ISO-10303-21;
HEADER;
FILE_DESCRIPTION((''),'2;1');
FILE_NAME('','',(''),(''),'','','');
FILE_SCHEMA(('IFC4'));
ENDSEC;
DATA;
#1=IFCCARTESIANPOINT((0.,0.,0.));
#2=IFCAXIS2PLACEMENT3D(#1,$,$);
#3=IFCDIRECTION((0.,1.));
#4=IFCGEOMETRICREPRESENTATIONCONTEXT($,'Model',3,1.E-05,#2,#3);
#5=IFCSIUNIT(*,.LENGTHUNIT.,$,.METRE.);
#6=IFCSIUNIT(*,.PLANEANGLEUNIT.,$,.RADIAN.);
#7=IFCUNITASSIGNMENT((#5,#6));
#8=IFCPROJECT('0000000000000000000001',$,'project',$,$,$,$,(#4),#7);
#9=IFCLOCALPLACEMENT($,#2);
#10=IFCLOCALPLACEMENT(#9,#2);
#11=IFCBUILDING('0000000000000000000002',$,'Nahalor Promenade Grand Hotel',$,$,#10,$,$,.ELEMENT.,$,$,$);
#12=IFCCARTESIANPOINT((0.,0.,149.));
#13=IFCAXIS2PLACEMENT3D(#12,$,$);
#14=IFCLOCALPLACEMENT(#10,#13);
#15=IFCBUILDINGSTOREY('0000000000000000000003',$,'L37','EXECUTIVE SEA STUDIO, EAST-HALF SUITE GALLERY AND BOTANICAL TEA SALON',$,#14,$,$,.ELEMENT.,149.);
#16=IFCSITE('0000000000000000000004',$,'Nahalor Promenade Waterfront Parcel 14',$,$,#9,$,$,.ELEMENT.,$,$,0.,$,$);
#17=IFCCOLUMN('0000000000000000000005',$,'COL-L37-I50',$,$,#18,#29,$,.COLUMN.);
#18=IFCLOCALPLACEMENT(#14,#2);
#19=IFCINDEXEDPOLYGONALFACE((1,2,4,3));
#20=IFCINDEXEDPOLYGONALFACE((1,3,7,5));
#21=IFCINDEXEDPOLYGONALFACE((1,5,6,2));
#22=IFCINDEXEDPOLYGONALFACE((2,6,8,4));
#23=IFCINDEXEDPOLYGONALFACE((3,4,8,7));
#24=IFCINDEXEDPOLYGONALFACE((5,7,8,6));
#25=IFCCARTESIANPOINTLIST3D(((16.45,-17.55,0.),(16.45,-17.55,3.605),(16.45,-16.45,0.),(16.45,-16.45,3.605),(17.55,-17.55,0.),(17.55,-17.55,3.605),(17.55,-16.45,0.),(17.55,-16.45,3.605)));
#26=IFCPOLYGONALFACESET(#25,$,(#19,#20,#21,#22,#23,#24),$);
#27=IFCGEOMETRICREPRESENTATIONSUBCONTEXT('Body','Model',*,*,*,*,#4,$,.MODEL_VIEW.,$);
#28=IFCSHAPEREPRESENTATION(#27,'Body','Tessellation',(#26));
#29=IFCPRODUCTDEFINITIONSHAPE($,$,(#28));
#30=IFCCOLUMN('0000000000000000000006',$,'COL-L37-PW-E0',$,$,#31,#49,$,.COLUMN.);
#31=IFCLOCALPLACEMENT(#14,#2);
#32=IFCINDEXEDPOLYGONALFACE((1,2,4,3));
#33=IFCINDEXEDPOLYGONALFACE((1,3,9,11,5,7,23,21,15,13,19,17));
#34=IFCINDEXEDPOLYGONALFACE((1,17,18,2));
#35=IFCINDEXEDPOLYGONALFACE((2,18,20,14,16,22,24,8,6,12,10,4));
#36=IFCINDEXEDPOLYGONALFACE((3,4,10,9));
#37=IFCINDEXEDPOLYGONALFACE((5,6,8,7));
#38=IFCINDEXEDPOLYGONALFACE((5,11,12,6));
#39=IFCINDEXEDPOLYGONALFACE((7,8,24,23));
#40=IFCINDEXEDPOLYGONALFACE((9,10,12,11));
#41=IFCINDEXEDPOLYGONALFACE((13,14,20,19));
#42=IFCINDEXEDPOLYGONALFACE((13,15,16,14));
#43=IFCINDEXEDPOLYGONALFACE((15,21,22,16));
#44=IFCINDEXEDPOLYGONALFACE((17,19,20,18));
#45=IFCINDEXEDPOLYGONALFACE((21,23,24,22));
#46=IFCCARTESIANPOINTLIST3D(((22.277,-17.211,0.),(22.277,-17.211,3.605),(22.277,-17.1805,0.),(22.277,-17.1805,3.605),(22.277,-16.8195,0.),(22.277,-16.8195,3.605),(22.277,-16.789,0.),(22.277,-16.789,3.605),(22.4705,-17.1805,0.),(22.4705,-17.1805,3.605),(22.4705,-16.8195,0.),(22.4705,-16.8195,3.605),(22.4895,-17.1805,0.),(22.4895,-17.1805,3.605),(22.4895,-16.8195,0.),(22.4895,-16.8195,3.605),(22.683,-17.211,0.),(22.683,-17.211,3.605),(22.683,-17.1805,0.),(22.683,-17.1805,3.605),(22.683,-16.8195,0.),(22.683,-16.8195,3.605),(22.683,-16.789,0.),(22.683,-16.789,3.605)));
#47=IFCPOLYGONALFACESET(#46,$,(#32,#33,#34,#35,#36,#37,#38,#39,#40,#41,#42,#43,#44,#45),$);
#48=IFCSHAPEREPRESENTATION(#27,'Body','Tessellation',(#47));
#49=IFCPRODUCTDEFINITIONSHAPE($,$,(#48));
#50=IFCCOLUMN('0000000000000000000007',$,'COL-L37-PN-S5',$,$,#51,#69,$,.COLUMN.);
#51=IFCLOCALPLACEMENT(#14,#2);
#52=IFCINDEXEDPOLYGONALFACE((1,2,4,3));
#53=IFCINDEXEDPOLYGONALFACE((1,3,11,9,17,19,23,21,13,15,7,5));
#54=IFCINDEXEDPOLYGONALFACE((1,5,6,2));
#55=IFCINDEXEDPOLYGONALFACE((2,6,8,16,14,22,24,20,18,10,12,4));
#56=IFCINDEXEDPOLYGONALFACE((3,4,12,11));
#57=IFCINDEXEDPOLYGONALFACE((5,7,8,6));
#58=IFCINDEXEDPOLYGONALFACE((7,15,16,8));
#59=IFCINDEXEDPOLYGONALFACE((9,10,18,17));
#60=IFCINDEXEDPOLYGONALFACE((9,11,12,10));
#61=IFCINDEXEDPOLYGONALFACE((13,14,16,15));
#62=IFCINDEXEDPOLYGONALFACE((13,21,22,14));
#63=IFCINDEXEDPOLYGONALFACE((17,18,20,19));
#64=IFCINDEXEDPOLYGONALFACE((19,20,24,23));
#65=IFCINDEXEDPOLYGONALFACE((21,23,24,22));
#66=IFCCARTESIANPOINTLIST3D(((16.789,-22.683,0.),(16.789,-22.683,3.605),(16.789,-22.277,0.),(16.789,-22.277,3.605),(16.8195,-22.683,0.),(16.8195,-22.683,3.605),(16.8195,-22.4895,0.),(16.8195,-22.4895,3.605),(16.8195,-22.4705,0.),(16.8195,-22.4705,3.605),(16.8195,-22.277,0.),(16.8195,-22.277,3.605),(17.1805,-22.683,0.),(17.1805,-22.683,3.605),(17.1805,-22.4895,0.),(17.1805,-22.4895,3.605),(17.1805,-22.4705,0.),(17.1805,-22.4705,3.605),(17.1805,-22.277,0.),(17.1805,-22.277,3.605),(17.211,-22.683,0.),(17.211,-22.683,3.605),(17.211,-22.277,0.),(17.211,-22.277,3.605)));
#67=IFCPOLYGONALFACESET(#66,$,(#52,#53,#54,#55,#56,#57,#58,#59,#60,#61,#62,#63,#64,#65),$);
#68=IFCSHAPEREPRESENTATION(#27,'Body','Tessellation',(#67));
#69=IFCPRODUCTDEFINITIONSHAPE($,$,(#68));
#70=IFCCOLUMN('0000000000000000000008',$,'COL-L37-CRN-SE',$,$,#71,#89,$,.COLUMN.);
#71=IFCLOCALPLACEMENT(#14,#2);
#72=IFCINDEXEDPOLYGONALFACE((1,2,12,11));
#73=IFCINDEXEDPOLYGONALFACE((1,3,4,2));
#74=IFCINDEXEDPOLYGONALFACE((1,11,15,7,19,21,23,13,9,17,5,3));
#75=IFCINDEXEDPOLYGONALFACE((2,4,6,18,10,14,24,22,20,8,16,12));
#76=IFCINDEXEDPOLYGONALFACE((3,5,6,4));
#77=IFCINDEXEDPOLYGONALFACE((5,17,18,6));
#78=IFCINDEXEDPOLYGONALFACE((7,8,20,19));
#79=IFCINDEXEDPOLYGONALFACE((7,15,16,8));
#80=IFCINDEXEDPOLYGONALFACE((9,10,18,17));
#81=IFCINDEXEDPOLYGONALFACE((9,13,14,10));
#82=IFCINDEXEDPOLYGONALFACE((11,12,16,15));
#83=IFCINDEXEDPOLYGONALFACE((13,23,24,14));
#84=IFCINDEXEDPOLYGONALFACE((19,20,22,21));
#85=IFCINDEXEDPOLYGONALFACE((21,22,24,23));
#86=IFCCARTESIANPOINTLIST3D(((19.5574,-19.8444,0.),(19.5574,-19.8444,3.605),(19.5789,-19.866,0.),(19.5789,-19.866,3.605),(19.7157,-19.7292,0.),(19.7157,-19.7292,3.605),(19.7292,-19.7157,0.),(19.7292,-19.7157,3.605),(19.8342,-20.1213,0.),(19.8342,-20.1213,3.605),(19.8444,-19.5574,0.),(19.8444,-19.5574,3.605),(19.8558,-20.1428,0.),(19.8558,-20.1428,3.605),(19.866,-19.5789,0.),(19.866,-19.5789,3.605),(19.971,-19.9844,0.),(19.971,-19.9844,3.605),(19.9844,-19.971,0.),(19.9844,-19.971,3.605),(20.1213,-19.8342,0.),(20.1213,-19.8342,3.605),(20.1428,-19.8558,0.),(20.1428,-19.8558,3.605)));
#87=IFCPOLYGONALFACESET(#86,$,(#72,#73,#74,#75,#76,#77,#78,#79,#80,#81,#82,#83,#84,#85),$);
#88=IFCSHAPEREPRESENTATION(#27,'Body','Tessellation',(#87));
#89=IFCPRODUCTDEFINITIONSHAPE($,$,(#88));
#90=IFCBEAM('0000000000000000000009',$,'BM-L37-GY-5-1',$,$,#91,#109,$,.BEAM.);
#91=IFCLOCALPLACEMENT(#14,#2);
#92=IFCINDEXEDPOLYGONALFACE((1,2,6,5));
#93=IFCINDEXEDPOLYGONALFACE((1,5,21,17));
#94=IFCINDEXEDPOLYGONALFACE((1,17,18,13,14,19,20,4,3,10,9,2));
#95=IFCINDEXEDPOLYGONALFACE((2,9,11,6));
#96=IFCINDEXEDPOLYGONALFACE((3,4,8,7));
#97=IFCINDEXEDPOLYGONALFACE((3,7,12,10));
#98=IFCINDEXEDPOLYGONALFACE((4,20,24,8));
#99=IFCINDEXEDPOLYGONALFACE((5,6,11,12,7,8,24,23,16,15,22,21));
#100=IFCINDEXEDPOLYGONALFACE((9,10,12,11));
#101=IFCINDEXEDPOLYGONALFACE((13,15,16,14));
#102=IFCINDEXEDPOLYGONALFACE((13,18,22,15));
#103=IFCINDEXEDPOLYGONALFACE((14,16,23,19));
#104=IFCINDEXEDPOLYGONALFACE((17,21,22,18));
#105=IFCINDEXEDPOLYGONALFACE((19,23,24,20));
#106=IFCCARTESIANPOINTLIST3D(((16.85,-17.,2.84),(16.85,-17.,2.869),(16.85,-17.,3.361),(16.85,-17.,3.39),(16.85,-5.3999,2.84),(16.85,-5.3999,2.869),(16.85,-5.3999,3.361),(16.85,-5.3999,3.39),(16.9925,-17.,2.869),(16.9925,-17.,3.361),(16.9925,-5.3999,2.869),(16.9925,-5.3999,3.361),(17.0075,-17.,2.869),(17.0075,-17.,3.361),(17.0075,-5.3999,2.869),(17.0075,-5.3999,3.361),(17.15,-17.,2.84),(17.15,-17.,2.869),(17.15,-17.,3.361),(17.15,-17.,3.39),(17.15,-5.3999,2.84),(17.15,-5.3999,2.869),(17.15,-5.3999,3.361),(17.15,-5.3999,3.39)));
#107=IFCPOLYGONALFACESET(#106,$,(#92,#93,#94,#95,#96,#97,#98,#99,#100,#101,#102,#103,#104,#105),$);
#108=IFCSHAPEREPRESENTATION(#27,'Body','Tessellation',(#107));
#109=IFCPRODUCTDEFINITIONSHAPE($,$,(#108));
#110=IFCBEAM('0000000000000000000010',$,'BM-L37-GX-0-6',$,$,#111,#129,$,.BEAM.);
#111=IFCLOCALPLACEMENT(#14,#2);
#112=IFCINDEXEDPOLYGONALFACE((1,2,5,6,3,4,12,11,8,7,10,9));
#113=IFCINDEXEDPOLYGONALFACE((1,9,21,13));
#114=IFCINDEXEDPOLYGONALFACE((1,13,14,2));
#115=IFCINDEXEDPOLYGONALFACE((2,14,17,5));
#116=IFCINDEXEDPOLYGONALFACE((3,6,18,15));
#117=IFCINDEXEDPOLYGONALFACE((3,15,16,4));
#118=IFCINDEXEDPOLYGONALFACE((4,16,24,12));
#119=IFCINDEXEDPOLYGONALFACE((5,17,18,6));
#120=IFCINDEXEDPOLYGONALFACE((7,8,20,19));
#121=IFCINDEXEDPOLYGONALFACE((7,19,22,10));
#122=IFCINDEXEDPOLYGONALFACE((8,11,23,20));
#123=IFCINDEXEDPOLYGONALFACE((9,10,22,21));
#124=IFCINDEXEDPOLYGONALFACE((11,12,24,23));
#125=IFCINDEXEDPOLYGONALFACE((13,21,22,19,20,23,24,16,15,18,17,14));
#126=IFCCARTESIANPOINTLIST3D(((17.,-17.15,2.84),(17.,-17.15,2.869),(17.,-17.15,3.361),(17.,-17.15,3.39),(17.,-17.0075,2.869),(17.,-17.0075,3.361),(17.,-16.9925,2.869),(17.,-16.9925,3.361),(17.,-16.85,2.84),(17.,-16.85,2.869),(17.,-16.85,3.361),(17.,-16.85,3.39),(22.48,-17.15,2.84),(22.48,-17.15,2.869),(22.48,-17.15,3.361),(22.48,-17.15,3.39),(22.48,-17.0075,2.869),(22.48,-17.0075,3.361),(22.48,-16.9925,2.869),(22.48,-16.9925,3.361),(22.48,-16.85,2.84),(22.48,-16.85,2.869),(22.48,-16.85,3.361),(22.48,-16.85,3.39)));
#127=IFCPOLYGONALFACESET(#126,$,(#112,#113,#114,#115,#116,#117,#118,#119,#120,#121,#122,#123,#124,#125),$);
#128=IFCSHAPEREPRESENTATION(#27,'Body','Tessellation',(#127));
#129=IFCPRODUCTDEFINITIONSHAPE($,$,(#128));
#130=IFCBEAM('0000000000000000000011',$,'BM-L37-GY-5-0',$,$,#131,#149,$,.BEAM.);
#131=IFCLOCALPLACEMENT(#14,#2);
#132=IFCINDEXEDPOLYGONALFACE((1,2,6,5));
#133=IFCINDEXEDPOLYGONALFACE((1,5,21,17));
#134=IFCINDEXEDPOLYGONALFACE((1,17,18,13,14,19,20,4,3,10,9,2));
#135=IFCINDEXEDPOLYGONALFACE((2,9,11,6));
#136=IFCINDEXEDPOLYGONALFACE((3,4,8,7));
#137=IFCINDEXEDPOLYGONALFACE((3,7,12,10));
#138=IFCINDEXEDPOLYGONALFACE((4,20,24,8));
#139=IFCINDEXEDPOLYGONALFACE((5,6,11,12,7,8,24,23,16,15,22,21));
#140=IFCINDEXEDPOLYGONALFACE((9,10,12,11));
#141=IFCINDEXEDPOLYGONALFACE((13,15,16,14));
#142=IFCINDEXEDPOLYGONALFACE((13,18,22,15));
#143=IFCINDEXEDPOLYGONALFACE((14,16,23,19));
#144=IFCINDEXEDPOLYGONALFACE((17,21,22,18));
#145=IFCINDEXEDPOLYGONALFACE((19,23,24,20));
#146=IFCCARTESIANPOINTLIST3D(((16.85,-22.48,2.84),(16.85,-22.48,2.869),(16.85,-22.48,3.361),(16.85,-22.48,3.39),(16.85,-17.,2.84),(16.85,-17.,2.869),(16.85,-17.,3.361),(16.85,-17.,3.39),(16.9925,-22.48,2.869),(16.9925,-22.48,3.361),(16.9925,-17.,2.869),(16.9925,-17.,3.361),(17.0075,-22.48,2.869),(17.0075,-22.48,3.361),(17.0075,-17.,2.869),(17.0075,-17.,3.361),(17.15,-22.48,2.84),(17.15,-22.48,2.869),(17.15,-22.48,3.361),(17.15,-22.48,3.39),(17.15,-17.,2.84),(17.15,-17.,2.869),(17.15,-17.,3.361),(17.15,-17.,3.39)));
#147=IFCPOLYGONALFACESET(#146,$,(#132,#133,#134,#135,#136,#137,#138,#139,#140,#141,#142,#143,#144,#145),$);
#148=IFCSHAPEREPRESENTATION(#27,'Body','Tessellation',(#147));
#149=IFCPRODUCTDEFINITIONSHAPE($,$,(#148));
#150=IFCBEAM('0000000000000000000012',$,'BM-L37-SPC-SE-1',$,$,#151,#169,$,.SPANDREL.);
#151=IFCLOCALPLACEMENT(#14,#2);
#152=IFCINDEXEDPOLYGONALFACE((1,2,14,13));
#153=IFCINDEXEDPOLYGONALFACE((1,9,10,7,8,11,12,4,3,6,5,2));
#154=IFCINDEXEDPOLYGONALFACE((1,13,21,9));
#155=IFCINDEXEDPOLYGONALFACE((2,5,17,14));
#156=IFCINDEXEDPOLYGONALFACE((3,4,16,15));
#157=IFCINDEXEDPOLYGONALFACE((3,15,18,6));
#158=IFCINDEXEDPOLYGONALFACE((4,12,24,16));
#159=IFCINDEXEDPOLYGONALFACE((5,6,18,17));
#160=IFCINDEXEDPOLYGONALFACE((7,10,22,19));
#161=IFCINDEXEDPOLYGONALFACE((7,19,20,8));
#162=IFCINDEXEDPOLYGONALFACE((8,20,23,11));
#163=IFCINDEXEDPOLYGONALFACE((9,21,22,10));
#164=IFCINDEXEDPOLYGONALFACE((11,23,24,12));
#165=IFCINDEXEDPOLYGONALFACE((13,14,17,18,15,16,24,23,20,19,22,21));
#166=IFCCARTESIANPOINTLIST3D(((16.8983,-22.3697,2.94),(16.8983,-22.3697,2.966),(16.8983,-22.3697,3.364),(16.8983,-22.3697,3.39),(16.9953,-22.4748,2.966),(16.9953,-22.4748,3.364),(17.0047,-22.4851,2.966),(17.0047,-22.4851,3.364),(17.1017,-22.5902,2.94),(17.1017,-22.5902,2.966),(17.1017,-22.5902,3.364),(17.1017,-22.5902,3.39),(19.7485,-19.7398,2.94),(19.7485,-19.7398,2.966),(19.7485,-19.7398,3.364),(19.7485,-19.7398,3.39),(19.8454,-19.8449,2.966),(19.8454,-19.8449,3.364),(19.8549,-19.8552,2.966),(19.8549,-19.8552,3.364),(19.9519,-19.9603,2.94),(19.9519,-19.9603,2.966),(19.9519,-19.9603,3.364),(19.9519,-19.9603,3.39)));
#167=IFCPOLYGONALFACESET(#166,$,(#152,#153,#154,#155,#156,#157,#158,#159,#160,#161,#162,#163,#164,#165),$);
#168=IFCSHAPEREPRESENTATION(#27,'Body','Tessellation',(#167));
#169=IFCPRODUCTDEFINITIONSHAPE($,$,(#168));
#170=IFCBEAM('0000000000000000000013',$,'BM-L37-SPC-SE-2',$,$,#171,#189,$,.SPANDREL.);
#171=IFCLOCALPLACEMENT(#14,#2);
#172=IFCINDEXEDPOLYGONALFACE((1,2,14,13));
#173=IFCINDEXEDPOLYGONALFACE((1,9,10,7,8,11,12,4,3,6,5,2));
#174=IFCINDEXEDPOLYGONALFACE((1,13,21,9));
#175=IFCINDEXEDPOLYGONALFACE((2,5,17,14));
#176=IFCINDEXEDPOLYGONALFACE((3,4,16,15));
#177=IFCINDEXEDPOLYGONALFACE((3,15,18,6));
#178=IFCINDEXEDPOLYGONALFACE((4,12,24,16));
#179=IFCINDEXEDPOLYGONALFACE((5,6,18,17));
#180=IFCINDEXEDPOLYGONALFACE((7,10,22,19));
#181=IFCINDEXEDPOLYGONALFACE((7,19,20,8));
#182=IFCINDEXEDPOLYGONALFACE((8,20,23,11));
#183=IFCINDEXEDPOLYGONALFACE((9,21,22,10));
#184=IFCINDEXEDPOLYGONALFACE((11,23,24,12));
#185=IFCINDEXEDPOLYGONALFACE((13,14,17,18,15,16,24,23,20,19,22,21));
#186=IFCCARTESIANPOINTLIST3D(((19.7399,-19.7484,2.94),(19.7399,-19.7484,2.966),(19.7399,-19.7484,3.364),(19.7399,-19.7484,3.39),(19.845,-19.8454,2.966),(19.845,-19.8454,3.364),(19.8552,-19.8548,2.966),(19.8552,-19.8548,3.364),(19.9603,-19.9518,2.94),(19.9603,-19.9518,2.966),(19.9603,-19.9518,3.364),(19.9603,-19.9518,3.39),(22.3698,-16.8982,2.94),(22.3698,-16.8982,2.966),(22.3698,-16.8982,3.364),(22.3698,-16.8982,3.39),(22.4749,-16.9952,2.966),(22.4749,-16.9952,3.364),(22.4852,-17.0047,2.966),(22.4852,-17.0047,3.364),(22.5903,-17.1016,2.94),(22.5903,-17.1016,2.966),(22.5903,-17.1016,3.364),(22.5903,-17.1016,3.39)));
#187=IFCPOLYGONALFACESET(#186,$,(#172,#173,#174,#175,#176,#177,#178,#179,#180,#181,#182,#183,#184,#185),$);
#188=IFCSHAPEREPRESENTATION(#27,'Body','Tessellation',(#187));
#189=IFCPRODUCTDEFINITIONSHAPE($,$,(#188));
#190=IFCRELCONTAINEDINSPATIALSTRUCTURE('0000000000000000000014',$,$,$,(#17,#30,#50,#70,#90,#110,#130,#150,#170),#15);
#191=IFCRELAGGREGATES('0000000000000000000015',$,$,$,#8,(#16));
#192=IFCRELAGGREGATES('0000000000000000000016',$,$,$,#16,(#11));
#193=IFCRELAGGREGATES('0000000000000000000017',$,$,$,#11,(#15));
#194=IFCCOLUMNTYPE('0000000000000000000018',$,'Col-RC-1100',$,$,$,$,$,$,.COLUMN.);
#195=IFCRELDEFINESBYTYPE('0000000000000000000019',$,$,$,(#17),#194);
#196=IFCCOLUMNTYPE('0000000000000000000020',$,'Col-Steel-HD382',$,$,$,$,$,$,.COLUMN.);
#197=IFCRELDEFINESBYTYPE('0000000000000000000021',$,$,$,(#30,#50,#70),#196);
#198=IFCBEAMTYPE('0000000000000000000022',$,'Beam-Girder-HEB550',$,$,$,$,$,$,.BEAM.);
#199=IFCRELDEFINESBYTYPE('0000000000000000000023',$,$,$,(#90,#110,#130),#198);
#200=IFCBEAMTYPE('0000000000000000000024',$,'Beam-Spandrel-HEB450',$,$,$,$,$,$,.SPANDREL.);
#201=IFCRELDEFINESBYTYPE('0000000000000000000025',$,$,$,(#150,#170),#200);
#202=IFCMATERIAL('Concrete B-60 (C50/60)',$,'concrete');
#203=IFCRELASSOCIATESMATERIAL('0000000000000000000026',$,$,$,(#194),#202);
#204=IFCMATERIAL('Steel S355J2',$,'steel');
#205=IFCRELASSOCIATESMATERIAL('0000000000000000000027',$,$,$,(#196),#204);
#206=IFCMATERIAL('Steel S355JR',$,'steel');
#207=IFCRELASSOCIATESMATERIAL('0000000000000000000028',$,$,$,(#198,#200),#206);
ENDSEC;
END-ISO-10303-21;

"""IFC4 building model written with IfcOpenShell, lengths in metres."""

from ifc_helpers import new_model, si_unit, direction, frame, origin, origin_2d, place, context, subcontext, project, spatial, rectangle, i_section, extrude, source, transform, mapped, material, material_profile, profile_set, type_object, element, save


model = new_model("IFC4")

# Units and contexts
model_context = context("Model", 3, precision=1e-05, world=origin(), true_north=direction((0.0, 1.0)))
body_context = subcontext(model_context, "Body", "Model", "MODEL_VIEW")
ifc_project = project(units=[si_unit("LENGTHUNIT", "METRE"), si_unit("PLANEANGLEUNIT", "RADIAN")], contexts=[model_context])

# Site, building, storey
site_placement = place(None, origin())
site = spatial("IfcSite", under=ifc_project, at=site_placement, Name="Nahalor Promenade Waterfront Parcel 14", CompositionType="ELEMENT", RefElevation=0.0)
building_placement = place(site_placement, origin())
building = spatial("IfcBuilding", under=site, at=building_placement, Name="Nahalor Promenade Grand Hotel", CompositionType="ELEMENT")
storey_placement = place(building_placement, frame((0.0, 0.0, 149.0)))
storey = spatial("IfcBuildingStorey", under=building, at=storey_placement, Name="L37", Description="EXECUTIVE SEA STUDIO, EAST-HALF SUITE GALLERY AND BOTANICAL TEA SALON", CompositionType="ELEMENT", Elevation=149.0)

# Columns
ifc_material_1 = material(Name="Concrete B-60 (C50/60)", Category="concrete")
ifc_material_profile_1 = material_profile(ifc_material_1, rectangle(XDim=1.1, YDim=1.1, at=origin_2d()), Name="RC 1100x1100")
ifc_profile_set_1 = profile_set([ifc_material_profile_1], Name="Concrete B-60 (C50/60)")
column_type_1 = type_object("IfcColumnType", Name="Col-RC-1100", PredefinedType="COLUMN", material=ifc_profile_set_1)
shared_shape_1 = source(origin(), body_context, "Body", "SweptSolid", [
    extrude(rectangle(XDim=1.1, YDim=1.1, at=origin_2d()), origin(), (0.0, 0.0, 1.0), 3.605),
])
column_placement = place(storey_placement, frame((17.0, -17.0, 0.0), z_axis=(0.0, 0.0, 1.0), x_axis=(1.0, 0.0, 0.0)))
element("IfcColumn", 1, at=column_placement, inside=storey, type_object=column_type_1, Name="COL-L37-I50", PredefinedType="COLUMN", context=body_context, shape_type="MappedRepresentation", body=[
    mapped(shared_shape_1, transform((0.0, 0.0, 0.0), scale=1.0)),
])
ifc_material_2 = material(Name="Steel S355J2", Category="steel")
ifc_material_profile_2 = material_profile(ifc_material_2, i_section(OverallWidth=0.406, OverallDepth=0.422, WebThickness=0.019, FlangeThickness=0.0305, at=origin_2d()), Name="HD 400x382")
ifc_profile_set_2 = profile_set([ifc_material_profile_2], Name="Steel S355J2")
column_type_2 = type_object("IfcColumnType", Name="Col-Steel-HD382", PredefinedType="COLUMN", material=ifc_profile_set_2)
shared_shape_2 = source(origin(), body_context, "Body", "SweptSolid", [
    extrude(i_section(OverallWidth=0.406, OverallDepth=0.422, WebThickness=0.019, FlangeThickness=0.0305, at=origin_2d()), origin(), (0.0, 0.0, 1.0), 3.605),
])
for number, where, z_axis, x_axis, name in (
    (2, (22.48, -17.0, 0.0), (0.0, 0.0, 1.0), (1.0, 0.0, 0.0), "COL-L37-PW-E0"),
    (3, (17.0, -22.48, 0.0), (0.0, 0.0, 1.0), (0.0, 1.0, 0.0), "COL-L37-PN-S5"),
    (4, (19.8501, -19.8501, 0.0), (0.0, 0.0, 1.0), (0.707107, 0.707107, 0.0), "COL-L37-CRN-SE"),
):
    element("IfcColumn", number, at=place(storey_placement, frame(where, z_axis=z_axis, x_axis=x_axis)), inside=storey, type_object=column_type_2, Name=name, PredefinedType="COLUMN", context=body_context, shape_type="MappedRepresentation", body=[
        mapped(shared_shape_2, transform((0.0, 0.0, 0.0), scale=1.0)),
    ])

# Beams
ifc_material_3 = material(Name="Steel S355JR", Category="steel")
ifc_material_profile_3 = material_profile(ifc_material_3, i_section(OverallWidth=0.3, OverallDepth=0.55, WebThickness=0.015, FlangeThickness=0.029, at=origin_2d()), Name="HEB 550")
ifc_profile_set_3 = profile_set([ifc_material_profile_3], Name="Steel S355JR")
beam_type_1 = type_object("IfcBeamType", Name="Beam-Girder-HEB550", PredefinedType="BEAM", material=ifc_profile_set_3)
shared_shape_3 = source(origin(), body_context, "Body", "SweptSolid", [
    extrude(i_section(OverallWidth=0.3, OverallDepth=0.55, WebThickness=0.015, FlangeThickness=0.029, at=origin_2d()), origin(), (0.0, 0.0, 1.0), 11.6001),
])
beam_placement = place(storey_placement, frame((17.0, -17.0, 3.115), z_axis=(0.0, 1.0, 0.0), x_axis=(-1.0, 0.0, 0.0)))
element("IfcBeam", 5, at=beam_placement, inside=storey, type_object=beam_type_1, Name="BM-L37-GY-5-1", PredefinedType="BEAM", context=body_context, shape_type="MappedRepresentation", body=[
    mapped(shared_shape_3, transform((0.0, 0.0, 0.0), scale=1.0)),
])
shared_shape_4 = source(origin(), body_context, "Body", "SweptSolid", [
    extrude(i_section(OverallWidth=0.3, OverallDepth=0.55, WebThickness=0.015, FlangeThickness=0.029, at=origin_2d()), origin(), (0.0, 0.0, 1.0), 5.48),
])
for number, where, z_axis, x_axis, name in (
    (6, (17.0, -17.0, 3.115), (1.0, 0.0, 0.0), (0.0, 1.0, 0.0), "BM-L37-GX-0-6"),
    (7, (17.0, -22.48, 3.115), (0.0, 1.0, 0.0), (-1.0, 0.0, 0.0), "BM-L37-GY-5-0"),
):
    element("IfcBeam", number, at=place(storey_placement, frame(where, z_axis=z_axis, x_axis=x_axis)), inside=storey, type_object=beam_type_1, Name=name, PredefinedType="BEAM", context=body_context, shape_type="MappedRepresentation", body=[
        mapped(shared_shape_4, transform((0.0, 0.0, 0.0), scale=1.0)),
    ])
ifc_material_profile_4 = material_profile(ifc_material_3, i_section(OverallWidth=0.3, OverallDepth=0.45, WebThickness=0.014, FlangeThickness=0.026, at=origin_2d()), Name="HEB 450")
ifc_profile_set_4 = profile_set([ifc_material_profile_4], Name="Steel S355JR")
beam_type_2 = type_object("IfcBeamType", Name="Beam-Spandrel-HEB450", PredefinedType="SPANDREL", material=ifc_profile_set_4)
shared_shape_5 = source(origin(), body_context, "Body", "SweptSolid", [
    extrude(i_section(OverallWidth=0.3, OverallDepth=0.45, WebThickness=0.014, FlangeThickness=0.026, at=origin_2d()), origin(), (0.0, 0.0, 1.0), 3.8782),
])
for number, where, z_axis, x_axis, name in (
    (8, (17.0, -22.48, 3.165), (0.734929, 0.678144, 0.0), (-0.678144, 0.734929, 0.0), "BM-L37-SPC-SE-1"),
    (9, (19.8501, -19.8501, 3.165), (0.678144, 0.734929, 0.0), (-0.734929, 0.678144, 0.0), "BM-L37-SPC-SE-2"),
):
    element("IfcBeam", number, at=place(storey_placement, frame(where, z_axis=z_axis, x_axis=x_axis)), inside=storey, type_object=beam_type_2, Name=name, PredefinedType="SPANDREL", context=body_context, shape_type="MappedRepresentation", body=[
        mapped(shared_shape_5, transform((0.0, 0.0, 0.0), scale=1.0)),
    ])

save(model, "model.ifc")
